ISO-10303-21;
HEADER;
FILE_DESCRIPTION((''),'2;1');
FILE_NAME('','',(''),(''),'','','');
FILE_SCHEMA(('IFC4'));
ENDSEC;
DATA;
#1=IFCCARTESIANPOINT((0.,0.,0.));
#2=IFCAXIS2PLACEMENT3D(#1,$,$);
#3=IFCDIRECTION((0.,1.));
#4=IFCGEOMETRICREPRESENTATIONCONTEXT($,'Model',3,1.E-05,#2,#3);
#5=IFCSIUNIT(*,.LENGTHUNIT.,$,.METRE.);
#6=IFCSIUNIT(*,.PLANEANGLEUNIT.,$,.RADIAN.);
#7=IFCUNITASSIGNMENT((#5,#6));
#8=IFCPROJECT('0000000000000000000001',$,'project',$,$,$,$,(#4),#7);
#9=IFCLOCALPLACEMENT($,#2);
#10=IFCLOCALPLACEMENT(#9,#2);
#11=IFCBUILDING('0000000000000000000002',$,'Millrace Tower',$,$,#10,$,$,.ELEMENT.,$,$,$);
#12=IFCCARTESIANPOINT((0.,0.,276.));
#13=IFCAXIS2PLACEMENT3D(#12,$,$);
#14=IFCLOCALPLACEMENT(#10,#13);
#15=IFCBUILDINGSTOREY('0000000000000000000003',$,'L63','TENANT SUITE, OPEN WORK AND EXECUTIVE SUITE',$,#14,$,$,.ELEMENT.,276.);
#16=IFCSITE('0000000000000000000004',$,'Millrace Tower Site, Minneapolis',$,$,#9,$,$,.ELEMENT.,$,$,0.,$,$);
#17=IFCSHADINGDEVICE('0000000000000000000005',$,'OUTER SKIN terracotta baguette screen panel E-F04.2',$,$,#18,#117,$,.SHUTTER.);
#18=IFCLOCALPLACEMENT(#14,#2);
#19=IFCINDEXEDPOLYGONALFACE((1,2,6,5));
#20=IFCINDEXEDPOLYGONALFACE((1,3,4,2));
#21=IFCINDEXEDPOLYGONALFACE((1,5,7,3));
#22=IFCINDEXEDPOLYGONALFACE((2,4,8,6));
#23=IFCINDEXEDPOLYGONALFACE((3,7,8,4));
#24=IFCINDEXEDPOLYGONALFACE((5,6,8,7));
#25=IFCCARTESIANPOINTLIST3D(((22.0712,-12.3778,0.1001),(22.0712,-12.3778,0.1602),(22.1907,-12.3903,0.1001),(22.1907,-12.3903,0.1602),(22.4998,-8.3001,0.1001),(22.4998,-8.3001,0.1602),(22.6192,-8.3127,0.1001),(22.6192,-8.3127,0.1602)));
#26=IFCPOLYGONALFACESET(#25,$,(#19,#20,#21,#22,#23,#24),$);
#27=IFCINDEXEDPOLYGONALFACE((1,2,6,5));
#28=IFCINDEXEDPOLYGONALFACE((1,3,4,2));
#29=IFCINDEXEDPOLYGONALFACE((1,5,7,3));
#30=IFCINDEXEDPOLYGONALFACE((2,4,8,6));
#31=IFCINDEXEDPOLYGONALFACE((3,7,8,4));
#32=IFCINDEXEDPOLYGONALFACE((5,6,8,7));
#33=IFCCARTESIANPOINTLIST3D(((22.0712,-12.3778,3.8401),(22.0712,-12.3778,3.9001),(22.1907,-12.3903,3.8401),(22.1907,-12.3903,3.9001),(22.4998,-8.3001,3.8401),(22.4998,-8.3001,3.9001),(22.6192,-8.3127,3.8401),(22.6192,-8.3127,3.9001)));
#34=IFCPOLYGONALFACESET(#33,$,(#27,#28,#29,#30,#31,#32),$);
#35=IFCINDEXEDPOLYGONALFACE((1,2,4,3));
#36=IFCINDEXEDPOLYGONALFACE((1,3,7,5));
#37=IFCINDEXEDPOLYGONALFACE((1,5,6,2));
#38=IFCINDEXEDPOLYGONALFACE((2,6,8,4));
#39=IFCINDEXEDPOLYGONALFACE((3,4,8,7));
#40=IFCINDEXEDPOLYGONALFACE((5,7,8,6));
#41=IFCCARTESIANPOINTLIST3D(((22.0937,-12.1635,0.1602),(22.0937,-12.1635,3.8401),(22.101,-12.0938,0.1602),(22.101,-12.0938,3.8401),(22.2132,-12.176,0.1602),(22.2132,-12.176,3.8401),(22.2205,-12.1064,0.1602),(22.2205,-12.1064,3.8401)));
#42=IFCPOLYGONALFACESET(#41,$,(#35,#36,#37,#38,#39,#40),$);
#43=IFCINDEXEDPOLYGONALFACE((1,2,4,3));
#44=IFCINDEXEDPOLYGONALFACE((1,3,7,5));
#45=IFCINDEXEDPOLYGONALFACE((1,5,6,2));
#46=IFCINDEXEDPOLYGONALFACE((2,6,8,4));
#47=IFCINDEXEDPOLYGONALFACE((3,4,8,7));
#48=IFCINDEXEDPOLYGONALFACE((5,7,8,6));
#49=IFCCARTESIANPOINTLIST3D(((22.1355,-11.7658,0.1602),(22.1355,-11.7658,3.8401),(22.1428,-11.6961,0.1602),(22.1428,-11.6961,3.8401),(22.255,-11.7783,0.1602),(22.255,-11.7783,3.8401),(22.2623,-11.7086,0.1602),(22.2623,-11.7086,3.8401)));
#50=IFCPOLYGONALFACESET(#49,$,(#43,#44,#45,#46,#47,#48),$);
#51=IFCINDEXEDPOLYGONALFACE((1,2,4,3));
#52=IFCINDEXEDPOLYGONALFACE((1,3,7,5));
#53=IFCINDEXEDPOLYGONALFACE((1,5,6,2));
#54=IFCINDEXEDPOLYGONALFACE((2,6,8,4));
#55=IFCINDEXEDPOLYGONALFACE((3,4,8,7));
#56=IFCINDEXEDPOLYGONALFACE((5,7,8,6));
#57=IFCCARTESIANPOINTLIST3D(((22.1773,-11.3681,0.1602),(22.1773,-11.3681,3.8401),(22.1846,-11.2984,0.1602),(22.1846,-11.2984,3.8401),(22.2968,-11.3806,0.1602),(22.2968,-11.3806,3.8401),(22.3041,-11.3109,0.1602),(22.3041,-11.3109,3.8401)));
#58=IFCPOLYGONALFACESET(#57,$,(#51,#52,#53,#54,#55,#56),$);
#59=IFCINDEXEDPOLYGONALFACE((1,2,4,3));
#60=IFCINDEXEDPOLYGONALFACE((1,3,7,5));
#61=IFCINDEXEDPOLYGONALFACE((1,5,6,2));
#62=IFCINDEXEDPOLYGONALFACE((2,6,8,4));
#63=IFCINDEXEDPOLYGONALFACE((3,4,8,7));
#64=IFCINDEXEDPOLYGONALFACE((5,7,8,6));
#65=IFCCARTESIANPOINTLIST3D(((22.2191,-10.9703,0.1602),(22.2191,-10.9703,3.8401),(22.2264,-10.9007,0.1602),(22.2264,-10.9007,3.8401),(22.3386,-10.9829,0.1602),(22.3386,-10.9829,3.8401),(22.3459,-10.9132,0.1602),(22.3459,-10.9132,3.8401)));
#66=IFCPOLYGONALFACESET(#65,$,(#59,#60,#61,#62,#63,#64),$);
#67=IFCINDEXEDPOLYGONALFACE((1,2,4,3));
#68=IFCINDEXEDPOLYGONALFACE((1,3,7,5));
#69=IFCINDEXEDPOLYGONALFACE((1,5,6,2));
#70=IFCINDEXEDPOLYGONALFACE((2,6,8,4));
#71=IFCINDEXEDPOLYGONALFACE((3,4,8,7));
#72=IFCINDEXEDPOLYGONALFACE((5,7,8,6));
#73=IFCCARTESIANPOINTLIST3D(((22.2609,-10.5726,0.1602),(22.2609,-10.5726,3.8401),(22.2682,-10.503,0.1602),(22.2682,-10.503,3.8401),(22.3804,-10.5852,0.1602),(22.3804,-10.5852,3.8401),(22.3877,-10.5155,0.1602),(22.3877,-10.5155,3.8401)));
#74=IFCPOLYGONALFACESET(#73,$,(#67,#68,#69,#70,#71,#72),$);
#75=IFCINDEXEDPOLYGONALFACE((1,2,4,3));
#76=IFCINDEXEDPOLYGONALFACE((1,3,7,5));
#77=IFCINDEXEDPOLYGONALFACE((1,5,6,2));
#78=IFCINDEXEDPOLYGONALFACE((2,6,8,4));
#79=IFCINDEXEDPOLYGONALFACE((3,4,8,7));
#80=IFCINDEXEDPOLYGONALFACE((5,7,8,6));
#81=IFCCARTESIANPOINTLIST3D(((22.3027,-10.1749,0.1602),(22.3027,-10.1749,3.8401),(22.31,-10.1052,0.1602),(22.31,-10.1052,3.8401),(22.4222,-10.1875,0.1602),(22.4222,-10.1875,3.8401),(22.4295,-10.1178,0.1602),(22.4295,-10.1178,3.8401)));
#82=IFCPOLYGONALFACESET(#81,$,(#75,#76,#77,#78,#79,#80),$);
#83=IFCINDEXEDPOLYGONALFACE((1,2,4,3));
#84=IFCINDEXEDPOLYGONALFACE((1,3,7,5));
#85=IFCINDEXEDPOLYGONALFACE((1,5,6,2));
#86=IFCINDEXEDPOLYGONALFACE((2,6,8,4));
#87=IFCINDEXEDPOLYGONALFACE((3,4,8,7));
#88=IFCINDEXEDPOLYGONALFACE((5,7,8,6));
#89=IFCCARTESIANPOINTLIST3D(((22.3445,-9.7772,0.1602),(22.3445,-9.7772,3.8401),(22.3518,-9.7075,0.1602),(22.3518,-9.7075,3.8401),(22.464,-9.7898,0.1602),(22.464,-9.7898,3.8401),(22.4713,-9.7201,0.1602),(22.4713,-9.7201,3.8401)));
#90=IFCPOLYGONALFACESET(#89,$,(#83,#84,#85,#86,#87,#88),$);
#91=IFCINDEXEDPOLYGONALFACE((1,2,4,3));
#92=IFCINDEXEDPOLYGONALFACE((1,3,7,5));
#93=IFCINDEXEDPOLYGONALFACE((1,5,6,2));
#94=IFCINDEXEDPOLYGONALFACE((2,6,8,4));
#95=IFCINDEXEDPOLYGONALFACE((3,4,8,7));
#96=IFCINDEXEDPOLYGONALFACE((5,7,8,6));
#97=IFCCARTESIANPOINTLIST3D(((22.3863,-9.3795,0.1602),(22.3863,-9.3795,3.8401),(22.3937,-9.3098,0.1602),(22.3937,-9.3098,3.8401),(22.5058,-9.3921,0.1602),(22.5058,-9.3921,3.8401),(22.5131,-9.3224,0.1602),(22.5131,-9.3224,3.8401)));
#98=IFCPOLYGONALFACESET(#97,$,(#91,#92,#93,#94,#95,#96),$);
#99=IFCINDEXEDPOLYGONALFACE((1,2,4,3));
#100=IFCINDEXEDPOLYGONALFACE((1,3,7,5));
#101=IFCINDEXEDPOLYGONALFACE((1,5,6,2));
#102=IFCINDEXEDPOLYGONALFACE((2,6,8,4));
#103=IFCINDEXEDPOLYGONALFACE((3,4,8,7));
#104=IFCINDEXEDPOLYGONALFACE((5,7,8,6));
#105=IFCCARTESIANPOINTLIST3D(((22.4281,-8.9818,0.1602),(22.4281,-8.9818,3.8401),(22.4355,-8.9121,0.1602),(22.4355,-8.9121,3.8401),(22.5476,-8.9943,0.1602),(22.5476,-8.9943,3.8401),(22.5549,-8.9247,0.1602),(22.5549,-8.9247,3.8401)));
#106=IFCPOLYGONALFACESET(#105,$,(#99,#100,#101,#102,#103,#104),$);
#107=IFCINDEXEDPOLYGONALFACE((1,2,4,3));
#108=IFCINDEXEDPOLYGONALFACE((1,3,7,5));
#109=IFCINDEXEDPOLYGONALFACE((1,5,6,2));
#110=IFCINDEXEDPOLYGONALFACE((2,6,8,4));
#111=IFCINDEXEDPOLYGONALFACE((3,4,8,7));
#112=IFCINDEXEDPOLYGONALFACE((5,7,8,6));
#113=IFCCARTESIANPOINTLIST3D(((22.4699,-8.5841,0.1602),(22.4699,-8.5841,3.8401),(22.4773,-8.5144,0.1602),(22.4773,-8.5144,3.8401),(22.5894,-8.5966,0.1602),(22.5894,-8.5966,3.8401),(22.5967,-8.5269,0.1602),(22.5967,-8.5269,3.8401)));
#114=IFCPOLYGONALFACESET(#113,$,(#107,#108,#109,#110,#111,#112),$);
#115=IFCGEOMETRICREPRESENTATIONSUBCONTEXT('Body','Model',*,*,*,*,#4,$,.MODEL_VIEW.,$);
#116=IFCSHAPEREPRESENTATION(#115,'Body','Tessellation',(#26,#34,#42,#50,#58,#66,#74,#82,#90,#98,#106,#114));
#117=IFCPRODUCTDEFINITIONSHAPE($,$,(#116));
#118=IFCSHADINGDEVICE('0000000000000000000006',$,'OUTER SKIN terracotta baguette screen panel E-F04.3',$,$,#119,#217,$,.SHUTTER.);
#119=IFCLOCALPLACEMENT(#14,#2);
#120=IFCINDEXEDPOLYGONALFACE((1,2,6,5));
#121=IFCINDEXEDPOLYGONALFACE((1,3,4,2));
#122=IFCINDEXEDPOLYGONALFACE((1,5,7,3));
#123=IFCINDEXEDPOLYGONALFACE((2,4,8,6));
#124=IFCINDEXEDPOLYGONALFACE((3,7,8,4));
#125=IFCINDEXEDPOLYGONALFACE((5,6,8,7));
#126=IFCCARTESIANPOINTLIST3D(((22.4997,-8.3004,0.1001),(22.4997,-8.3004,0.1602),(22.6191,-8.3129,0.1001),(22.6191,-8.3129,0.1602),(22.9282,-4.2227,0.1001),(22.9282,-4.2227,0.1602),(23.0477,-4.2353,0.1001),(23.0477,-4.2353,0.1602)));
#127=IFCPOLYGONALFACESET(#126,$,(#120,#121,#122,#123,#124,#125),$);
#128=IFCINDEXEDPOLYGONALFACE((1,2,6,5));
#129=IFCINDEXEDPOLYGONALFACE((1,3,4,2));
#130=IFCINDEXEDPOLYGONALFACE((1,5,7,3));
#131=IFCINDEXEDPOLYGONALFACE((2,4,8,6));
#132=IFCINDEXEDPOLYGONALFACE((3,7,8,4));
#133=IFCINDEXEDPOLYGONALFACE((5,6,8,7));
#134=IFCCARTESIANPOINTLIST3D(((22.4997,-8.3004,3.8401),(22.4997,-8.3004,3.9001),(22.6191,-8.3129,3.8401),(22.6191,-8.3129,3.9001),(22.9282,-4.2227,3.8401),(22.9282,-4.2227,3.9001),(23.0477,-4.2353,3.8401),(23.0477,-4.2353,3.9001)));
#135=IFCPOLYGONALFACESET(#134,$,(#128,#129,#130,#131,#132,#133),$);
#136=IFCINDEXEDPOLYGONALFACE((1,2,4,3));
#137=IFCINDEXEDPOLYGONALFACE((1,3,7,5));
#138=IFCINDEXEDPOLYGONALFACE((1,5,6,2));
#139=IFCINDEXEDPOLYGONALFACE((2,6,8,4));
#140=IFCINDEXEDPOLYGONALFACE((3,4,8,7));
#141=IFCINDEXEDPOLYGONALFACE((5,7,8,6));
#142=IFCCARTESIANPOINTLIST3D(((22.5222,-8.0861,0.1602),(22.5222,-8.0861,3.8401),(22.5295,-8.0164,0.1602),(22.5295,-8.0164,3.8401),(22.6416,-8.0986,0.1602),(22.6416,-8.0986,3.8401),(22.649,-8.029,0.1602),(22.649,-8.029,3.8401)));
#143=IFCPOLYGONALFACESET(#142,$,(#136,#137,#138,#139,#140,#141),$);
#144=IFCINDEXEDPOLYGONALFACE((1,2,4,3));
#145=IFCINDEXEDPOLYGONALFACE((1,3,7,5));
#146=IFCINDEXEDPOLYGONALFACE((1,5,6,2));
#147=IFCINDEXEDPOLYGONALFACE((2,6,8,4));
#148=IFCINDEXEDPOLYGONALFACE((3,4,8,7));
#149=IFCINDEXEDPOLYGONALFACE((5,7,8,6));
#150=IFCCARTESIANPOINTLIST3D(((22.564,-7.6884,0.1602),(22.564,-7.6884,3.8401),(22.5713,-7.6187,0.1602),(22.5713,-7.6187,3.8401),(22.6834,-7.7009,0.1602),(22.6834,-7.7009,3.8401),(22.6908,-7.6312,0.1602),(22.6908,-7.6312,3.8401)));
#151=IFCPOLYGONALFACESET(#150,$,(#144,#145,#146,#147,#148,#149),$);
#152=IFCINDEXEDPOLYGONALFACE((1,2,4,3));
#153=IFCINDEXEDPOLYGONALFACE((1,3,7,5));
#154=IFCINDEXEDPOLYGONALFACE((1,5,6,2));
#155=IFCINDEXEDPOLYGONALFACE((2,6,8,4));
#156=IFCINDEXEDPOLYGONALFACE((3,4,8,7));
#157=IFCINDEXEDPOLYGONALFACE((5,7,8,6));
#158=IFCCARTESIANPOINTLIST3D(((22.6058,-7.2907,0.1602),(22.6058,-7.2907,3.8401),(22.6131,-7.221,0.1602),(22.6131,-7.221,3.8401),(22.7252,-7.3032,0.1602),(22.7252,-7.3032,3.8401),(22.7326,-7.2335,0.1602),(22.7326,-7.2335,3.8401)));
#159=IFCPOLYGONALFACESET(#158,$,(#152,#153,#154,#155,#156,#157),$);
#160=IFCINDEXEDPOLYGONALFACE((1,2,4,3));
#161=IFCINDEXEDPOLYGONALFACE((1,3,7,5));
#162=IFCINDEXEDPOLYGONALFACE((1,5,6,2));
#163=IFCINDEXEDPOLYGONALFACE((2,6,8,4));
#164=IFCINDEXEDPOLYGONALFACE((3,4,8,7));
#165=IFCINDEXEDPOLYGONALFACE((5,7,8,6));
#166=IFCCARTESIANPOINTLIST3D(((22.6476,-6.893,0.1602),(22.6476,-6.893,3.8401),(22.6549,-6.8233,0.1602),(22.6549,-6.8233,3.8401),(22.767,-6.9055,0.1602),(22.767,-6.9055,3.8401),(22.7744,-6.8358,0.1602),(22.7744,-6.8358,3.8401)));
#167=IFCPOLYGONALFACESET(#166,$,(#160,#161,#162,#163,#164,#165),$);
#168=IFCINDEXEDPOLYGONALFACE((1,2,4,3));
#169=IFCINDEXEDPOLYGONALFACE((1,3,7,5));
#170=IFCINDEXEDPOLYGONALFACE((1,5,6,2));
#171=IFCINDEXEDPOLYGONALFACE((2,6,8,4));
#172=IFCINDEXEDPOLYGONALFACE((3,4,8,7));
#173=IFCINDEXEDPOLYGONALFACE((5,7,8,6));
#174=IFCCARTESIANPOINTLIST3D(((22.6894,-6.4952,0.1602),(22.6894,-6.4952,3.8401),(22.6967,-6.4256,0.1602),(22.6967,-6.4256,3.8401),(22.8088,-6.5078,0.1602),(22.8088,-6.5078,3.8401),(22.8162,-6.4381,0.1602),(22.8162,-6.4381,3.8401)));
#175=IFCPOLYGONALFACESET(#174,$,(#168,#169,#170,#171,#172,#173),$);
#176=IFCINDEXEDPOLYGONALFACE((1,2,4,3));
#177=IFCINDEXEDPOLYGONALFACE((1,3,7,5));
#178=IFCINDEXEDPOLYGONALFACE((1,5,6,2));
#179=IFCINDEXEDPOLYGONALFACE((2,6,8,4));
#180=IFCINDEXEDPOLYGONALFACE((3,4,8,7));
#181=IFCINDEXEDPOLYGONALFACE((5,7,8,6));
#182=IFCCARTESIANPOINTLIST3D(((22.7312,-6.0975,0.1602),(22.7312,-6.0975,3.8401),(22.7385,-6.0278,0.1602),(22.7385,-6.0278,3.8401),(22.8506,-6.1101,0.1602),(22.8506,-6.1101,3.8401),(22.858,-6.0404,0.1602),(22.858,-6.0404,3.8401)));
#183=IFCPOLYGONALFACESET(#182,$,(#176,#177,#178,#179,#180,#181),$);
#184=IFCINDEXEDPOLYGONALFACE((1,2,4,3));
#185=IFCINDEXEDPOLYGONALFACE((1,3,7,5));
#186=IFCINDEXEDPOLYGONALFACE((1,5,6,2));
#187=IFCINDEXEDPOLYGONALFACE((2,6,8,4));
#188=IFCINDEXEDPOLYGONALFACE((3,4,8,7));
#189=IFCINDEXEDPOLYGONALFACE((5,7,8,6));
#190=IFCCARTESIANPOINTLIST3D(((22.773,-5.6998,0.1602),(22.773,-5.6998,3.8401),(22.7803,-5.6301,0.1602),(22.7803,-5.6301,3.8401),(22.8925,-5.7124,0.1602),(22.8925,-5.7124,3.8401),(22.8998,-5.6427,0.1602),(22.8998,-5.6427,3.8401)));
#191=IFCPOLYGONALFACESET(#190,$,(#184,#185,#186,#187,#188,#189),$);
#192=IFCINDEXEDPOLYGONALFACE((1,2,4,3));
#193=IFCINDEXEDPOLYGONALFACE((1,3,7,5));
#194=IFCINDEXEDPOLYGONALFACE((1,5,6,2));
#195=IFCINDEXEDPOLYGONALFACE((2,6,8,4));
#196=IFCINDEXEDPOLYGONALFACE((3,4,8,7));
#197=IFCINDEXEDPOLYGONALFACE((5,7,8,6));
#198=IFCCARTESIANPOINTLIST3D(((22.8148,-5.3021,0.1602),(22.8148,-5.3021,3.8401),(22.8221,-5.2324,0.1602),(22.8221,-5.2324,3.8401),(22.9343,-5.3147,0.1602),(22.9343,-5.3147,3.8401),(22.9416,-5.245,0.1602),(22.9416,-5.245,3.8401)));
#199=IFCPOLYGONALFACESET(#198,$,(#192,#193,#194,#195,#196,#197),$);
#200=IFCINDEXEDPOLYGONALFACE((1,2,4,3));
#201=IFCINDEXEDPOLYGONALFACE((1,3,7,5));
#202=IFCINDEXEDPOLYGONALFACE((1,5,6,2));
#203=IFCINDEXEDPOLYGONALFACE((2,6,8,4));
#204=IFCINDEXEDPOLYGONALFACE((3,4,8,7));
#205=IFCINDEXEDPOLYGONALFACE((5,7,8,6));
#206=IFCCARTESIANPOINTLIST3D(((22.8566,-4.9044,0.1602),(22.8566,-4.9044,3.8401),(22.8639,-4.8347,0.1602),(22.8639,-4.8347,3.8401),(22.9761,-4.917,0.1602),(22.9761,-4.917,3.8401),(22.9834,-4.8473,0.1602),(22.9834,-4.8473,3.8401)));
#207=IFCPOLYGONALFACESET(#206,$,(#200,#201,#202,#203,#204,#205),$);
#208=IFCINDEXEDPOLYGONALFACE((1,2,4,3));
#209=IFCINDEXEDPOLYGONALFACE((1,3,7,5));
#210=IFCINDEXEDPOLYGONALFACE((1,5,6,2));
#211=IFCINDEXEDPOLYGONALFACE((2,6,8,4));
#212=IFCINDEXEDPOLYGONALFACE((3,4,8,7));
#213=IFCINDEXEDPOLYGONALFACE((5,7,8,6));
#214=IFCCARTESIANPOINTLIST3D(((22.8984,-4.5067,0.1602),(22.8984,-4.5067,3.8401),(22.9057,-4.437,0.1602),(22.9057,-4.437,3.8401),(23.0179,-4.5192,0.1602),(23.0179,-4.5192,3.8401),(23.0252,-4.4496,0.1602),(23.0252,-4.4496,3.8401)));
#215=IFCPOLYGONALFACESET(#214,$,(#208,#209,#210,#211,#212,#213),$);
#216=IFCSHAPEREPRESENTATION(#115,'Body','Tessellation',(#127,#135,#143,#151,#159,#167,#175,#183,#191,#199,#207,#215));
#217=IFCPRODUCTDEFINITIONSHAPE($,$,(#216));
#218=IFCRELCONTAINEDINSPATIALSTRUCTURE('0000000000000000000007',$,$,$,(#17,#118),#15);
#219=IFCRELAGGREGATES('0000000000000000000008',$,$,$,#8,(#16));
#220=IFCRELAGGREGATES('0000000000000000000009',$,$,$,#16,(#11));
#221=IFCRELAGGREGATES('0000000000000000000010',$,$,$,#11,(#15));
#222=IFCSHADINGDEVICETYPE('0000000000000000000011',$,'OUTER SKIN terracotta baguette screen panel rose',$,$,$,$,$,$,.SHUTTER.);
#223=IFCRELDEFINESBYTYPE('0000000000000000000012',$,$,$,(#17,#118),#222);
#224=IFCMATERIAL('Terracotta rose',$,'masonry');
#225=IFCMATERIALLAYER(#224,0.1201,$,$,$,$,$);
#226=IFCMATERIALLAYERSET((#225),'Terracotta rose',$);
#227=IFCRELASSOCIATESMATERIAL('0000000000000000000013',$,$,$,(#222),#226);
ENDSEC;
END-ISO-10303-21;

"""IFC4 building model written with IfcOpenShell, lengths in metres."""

from ifc_helpers import new_model, entity, si_unit, direction, frame, frame_2d, origin, place, context, subcontext, project, spatial, rectangle, extrude, source, transform, mapped, material, layer, layer_set, type_object, element, save


model = new_model("IFC4")

# Units and contexts
model_context = context("Model", 3, precision=1e-05, world=origin(), true_north=direction((0.0, 1.0)))
body_context = subcontext(model_context, "Body", "Model", "MODEL_VIEW")
ifc_project = project(units=[si_unit("LENGTHUNIT", "METRE"), si_unit("PLANEANGLEUNIT", "RADIAN")], contexts=[model_context])

# Site, building, storey
site_placement = place(None, origin())
site = spatial("IfcSite", under=ifc_project, at=site_placement, Name="Millrace Tower Site, Minneapolis", CompositionType="ELEMENT", RefElevation=0.0)
building_placement = place(site_placement, origin())
building = spatial("IfcBuilding", under=site, at=building_placement, Name="Millrace Tower", CompositionType="ELEMENT")
storey_placement = place(building_placement, frame((0.0, 0.0, 276.0)))
storey = spatial("IfcBuildingStorey", under=building, at=storey_placement, Name="L63", Description="TENANT SUITE, OPEN WORK AND EXECUTIVE SUITE", CompositionType="ELEMENT", Elevation=276.0)

# Shading devices
ifc_material_1 = material(Name="Terracotta rose", Category="masonry")
ifc_layer_1 = layer(ifc_material_1, 0.1201)
ifc_layer_set_1 = layer_set([ifc_layer_1], Name="Terracotta rose")
shading_device_type = type_object("IfcShadingDeviceType", Name="OUTER SKIN terracotta baguette screen panel rose", PredefinedType="SHUTTER", material=ifc_layer_set_1)
cartesian_point = entity("IfcCartesianPoint", [-2.05, 0.0601])
shared_polyline = entity("IfcPolyline", [cartesian_point, entity("IfcCartesianPoint", [2.05, 0.0601]), entity("IfcCartesianPoint", [2.05, -0.0601]), entity("IfcCartesianPoint", [-2.05, -0.0601]), cartesian_point])
shared_shape = source(origin(), body_context, "Body", "SweptSolid", [
    entity("IfcExtrudedAreaSolid", entity("IfcArbitraryClosedProfileDef", "AREA", None, shared_polyline), entity("IfcAxis2Placement3D", entity("IfcCartesianPoint", [0.0, 0.0, 0.0])), entity("IfcDirection", [0.0, 0.0, 1.0]), 0.0601),
    entity("IfcExtrudedAreaSolid", entity("IfcArbitraryClosedProfileDef", "AREA", None, shared_polyline), entity("IfcAxis2Placement3D", entity("IfcCartesianPoint", [0.0, 0.0, 3.74])), entity("IfcDirection", [0.0, 0.0, 1.0]), 0.0601),
    extrude(rectangle(XDim=0.0701, YDim=0.1201, at=frame_2d((-1.7996, 0.0))), frame((0.0, 0.0, 0.0601)), (0.0, 0.0, 1.0), 3.6799),
    extrude(rectangle(XDim=0.0701, YDim=0.1201, at=frame_2d((-1.3997, 0.0))), frame((0.0, 0.0, 0.0601)), (0.0, 0.0, 1.0), 3.6799),
    extrude(rectangle(XDim=0.0701, YDim=0.1201, at=frame_2d((-0.9998, 0.0))), frame((0.0, 0.0, 0.0601)), (0.0, 0.0, 1.0), 3.6799),
    extrude(rectangle(XDim=0.0701, YDim=0.1201, at=frame_2d((-0.5999, 0.0))), frame((0.0, 0.0, 0.0601)), (0.0, 0.0, 1.0), 3.6799),
    extrude(rectangle(XDim=0.0701, YDim=0.1201, at=frame_2d((-0.2, 0.0))), frame((0.0, 0.0, 0.0601)), (0.0, 0.0, 1.0), 3.6799),
    extrude(rectangle(XDim=0.0701, YDim=0.1201, at=frame_2d((0.2, 0.0))), frame((0.0, 0.0, 0.0601)), (0.0, 0.0, 1.0), 3.6799),
    extrude(rectangle(XDim=0.0701, YDim=0.1201, at=frame_2d((0.5999, 0.0))), frame((0.0, 0.0, 0.0601)), (0.0, 0.0, 1.0), 3.6799),
    extrude(rectangle(XDim=0.0701, YDim=0.1201, at=frame_2d((0.9998, 0.0))), frame((0.0, 0.0, 0.0601)), (0.0, 0.0, 1.0), 3.6799),
    extrude(rectangle(XDim=0.0701, YDim=0.1201, at=frame_2d((1.3997, 0.0))), frame((0.0, 0.0, 0.0601)), (0.0, 0.0, 1.0), 3.6799),
    extrude(rectangle(XDim=0.0701, YDim=0.1201, at=frame_2d((1.7996, 0.0))), frame((0.0, 0.0, 0.0601)), (0.0, 0.0, 1.0), 3.6799),
])
for number, where, z_axis, x_axis, name in (
    (1, (22.3452, -10.3452, 0.1001), (0.0, 0.0, 1.0), (0.104528, 0.994522, 0.0), "OUTER SKIN terracotta baguette screen panel E-F04.2"),
    (2, (22.7737, -6.2678, 0.1001), (0.0, 0.0, 1.0), (0.104528, 0.994522, 0.0), "OUTER SKIN terracotta baguette screen panel E-F04.3"),
):
    element("IfcShadingDevice", number, at=place(storey_placement, frame(where, z_axis=z_axis, x_axis=x_axis)), inside=storey, type_object=shading_device_type, Name=name, PredefinedType="SHUTTER", context=body_context, shape_type="MappedRepresentation", body=[
        mapped(shared_shape, transform((0.0, 0.0, 0.0), scale=1.0)),
    ])

save(model, "model.ifc")
